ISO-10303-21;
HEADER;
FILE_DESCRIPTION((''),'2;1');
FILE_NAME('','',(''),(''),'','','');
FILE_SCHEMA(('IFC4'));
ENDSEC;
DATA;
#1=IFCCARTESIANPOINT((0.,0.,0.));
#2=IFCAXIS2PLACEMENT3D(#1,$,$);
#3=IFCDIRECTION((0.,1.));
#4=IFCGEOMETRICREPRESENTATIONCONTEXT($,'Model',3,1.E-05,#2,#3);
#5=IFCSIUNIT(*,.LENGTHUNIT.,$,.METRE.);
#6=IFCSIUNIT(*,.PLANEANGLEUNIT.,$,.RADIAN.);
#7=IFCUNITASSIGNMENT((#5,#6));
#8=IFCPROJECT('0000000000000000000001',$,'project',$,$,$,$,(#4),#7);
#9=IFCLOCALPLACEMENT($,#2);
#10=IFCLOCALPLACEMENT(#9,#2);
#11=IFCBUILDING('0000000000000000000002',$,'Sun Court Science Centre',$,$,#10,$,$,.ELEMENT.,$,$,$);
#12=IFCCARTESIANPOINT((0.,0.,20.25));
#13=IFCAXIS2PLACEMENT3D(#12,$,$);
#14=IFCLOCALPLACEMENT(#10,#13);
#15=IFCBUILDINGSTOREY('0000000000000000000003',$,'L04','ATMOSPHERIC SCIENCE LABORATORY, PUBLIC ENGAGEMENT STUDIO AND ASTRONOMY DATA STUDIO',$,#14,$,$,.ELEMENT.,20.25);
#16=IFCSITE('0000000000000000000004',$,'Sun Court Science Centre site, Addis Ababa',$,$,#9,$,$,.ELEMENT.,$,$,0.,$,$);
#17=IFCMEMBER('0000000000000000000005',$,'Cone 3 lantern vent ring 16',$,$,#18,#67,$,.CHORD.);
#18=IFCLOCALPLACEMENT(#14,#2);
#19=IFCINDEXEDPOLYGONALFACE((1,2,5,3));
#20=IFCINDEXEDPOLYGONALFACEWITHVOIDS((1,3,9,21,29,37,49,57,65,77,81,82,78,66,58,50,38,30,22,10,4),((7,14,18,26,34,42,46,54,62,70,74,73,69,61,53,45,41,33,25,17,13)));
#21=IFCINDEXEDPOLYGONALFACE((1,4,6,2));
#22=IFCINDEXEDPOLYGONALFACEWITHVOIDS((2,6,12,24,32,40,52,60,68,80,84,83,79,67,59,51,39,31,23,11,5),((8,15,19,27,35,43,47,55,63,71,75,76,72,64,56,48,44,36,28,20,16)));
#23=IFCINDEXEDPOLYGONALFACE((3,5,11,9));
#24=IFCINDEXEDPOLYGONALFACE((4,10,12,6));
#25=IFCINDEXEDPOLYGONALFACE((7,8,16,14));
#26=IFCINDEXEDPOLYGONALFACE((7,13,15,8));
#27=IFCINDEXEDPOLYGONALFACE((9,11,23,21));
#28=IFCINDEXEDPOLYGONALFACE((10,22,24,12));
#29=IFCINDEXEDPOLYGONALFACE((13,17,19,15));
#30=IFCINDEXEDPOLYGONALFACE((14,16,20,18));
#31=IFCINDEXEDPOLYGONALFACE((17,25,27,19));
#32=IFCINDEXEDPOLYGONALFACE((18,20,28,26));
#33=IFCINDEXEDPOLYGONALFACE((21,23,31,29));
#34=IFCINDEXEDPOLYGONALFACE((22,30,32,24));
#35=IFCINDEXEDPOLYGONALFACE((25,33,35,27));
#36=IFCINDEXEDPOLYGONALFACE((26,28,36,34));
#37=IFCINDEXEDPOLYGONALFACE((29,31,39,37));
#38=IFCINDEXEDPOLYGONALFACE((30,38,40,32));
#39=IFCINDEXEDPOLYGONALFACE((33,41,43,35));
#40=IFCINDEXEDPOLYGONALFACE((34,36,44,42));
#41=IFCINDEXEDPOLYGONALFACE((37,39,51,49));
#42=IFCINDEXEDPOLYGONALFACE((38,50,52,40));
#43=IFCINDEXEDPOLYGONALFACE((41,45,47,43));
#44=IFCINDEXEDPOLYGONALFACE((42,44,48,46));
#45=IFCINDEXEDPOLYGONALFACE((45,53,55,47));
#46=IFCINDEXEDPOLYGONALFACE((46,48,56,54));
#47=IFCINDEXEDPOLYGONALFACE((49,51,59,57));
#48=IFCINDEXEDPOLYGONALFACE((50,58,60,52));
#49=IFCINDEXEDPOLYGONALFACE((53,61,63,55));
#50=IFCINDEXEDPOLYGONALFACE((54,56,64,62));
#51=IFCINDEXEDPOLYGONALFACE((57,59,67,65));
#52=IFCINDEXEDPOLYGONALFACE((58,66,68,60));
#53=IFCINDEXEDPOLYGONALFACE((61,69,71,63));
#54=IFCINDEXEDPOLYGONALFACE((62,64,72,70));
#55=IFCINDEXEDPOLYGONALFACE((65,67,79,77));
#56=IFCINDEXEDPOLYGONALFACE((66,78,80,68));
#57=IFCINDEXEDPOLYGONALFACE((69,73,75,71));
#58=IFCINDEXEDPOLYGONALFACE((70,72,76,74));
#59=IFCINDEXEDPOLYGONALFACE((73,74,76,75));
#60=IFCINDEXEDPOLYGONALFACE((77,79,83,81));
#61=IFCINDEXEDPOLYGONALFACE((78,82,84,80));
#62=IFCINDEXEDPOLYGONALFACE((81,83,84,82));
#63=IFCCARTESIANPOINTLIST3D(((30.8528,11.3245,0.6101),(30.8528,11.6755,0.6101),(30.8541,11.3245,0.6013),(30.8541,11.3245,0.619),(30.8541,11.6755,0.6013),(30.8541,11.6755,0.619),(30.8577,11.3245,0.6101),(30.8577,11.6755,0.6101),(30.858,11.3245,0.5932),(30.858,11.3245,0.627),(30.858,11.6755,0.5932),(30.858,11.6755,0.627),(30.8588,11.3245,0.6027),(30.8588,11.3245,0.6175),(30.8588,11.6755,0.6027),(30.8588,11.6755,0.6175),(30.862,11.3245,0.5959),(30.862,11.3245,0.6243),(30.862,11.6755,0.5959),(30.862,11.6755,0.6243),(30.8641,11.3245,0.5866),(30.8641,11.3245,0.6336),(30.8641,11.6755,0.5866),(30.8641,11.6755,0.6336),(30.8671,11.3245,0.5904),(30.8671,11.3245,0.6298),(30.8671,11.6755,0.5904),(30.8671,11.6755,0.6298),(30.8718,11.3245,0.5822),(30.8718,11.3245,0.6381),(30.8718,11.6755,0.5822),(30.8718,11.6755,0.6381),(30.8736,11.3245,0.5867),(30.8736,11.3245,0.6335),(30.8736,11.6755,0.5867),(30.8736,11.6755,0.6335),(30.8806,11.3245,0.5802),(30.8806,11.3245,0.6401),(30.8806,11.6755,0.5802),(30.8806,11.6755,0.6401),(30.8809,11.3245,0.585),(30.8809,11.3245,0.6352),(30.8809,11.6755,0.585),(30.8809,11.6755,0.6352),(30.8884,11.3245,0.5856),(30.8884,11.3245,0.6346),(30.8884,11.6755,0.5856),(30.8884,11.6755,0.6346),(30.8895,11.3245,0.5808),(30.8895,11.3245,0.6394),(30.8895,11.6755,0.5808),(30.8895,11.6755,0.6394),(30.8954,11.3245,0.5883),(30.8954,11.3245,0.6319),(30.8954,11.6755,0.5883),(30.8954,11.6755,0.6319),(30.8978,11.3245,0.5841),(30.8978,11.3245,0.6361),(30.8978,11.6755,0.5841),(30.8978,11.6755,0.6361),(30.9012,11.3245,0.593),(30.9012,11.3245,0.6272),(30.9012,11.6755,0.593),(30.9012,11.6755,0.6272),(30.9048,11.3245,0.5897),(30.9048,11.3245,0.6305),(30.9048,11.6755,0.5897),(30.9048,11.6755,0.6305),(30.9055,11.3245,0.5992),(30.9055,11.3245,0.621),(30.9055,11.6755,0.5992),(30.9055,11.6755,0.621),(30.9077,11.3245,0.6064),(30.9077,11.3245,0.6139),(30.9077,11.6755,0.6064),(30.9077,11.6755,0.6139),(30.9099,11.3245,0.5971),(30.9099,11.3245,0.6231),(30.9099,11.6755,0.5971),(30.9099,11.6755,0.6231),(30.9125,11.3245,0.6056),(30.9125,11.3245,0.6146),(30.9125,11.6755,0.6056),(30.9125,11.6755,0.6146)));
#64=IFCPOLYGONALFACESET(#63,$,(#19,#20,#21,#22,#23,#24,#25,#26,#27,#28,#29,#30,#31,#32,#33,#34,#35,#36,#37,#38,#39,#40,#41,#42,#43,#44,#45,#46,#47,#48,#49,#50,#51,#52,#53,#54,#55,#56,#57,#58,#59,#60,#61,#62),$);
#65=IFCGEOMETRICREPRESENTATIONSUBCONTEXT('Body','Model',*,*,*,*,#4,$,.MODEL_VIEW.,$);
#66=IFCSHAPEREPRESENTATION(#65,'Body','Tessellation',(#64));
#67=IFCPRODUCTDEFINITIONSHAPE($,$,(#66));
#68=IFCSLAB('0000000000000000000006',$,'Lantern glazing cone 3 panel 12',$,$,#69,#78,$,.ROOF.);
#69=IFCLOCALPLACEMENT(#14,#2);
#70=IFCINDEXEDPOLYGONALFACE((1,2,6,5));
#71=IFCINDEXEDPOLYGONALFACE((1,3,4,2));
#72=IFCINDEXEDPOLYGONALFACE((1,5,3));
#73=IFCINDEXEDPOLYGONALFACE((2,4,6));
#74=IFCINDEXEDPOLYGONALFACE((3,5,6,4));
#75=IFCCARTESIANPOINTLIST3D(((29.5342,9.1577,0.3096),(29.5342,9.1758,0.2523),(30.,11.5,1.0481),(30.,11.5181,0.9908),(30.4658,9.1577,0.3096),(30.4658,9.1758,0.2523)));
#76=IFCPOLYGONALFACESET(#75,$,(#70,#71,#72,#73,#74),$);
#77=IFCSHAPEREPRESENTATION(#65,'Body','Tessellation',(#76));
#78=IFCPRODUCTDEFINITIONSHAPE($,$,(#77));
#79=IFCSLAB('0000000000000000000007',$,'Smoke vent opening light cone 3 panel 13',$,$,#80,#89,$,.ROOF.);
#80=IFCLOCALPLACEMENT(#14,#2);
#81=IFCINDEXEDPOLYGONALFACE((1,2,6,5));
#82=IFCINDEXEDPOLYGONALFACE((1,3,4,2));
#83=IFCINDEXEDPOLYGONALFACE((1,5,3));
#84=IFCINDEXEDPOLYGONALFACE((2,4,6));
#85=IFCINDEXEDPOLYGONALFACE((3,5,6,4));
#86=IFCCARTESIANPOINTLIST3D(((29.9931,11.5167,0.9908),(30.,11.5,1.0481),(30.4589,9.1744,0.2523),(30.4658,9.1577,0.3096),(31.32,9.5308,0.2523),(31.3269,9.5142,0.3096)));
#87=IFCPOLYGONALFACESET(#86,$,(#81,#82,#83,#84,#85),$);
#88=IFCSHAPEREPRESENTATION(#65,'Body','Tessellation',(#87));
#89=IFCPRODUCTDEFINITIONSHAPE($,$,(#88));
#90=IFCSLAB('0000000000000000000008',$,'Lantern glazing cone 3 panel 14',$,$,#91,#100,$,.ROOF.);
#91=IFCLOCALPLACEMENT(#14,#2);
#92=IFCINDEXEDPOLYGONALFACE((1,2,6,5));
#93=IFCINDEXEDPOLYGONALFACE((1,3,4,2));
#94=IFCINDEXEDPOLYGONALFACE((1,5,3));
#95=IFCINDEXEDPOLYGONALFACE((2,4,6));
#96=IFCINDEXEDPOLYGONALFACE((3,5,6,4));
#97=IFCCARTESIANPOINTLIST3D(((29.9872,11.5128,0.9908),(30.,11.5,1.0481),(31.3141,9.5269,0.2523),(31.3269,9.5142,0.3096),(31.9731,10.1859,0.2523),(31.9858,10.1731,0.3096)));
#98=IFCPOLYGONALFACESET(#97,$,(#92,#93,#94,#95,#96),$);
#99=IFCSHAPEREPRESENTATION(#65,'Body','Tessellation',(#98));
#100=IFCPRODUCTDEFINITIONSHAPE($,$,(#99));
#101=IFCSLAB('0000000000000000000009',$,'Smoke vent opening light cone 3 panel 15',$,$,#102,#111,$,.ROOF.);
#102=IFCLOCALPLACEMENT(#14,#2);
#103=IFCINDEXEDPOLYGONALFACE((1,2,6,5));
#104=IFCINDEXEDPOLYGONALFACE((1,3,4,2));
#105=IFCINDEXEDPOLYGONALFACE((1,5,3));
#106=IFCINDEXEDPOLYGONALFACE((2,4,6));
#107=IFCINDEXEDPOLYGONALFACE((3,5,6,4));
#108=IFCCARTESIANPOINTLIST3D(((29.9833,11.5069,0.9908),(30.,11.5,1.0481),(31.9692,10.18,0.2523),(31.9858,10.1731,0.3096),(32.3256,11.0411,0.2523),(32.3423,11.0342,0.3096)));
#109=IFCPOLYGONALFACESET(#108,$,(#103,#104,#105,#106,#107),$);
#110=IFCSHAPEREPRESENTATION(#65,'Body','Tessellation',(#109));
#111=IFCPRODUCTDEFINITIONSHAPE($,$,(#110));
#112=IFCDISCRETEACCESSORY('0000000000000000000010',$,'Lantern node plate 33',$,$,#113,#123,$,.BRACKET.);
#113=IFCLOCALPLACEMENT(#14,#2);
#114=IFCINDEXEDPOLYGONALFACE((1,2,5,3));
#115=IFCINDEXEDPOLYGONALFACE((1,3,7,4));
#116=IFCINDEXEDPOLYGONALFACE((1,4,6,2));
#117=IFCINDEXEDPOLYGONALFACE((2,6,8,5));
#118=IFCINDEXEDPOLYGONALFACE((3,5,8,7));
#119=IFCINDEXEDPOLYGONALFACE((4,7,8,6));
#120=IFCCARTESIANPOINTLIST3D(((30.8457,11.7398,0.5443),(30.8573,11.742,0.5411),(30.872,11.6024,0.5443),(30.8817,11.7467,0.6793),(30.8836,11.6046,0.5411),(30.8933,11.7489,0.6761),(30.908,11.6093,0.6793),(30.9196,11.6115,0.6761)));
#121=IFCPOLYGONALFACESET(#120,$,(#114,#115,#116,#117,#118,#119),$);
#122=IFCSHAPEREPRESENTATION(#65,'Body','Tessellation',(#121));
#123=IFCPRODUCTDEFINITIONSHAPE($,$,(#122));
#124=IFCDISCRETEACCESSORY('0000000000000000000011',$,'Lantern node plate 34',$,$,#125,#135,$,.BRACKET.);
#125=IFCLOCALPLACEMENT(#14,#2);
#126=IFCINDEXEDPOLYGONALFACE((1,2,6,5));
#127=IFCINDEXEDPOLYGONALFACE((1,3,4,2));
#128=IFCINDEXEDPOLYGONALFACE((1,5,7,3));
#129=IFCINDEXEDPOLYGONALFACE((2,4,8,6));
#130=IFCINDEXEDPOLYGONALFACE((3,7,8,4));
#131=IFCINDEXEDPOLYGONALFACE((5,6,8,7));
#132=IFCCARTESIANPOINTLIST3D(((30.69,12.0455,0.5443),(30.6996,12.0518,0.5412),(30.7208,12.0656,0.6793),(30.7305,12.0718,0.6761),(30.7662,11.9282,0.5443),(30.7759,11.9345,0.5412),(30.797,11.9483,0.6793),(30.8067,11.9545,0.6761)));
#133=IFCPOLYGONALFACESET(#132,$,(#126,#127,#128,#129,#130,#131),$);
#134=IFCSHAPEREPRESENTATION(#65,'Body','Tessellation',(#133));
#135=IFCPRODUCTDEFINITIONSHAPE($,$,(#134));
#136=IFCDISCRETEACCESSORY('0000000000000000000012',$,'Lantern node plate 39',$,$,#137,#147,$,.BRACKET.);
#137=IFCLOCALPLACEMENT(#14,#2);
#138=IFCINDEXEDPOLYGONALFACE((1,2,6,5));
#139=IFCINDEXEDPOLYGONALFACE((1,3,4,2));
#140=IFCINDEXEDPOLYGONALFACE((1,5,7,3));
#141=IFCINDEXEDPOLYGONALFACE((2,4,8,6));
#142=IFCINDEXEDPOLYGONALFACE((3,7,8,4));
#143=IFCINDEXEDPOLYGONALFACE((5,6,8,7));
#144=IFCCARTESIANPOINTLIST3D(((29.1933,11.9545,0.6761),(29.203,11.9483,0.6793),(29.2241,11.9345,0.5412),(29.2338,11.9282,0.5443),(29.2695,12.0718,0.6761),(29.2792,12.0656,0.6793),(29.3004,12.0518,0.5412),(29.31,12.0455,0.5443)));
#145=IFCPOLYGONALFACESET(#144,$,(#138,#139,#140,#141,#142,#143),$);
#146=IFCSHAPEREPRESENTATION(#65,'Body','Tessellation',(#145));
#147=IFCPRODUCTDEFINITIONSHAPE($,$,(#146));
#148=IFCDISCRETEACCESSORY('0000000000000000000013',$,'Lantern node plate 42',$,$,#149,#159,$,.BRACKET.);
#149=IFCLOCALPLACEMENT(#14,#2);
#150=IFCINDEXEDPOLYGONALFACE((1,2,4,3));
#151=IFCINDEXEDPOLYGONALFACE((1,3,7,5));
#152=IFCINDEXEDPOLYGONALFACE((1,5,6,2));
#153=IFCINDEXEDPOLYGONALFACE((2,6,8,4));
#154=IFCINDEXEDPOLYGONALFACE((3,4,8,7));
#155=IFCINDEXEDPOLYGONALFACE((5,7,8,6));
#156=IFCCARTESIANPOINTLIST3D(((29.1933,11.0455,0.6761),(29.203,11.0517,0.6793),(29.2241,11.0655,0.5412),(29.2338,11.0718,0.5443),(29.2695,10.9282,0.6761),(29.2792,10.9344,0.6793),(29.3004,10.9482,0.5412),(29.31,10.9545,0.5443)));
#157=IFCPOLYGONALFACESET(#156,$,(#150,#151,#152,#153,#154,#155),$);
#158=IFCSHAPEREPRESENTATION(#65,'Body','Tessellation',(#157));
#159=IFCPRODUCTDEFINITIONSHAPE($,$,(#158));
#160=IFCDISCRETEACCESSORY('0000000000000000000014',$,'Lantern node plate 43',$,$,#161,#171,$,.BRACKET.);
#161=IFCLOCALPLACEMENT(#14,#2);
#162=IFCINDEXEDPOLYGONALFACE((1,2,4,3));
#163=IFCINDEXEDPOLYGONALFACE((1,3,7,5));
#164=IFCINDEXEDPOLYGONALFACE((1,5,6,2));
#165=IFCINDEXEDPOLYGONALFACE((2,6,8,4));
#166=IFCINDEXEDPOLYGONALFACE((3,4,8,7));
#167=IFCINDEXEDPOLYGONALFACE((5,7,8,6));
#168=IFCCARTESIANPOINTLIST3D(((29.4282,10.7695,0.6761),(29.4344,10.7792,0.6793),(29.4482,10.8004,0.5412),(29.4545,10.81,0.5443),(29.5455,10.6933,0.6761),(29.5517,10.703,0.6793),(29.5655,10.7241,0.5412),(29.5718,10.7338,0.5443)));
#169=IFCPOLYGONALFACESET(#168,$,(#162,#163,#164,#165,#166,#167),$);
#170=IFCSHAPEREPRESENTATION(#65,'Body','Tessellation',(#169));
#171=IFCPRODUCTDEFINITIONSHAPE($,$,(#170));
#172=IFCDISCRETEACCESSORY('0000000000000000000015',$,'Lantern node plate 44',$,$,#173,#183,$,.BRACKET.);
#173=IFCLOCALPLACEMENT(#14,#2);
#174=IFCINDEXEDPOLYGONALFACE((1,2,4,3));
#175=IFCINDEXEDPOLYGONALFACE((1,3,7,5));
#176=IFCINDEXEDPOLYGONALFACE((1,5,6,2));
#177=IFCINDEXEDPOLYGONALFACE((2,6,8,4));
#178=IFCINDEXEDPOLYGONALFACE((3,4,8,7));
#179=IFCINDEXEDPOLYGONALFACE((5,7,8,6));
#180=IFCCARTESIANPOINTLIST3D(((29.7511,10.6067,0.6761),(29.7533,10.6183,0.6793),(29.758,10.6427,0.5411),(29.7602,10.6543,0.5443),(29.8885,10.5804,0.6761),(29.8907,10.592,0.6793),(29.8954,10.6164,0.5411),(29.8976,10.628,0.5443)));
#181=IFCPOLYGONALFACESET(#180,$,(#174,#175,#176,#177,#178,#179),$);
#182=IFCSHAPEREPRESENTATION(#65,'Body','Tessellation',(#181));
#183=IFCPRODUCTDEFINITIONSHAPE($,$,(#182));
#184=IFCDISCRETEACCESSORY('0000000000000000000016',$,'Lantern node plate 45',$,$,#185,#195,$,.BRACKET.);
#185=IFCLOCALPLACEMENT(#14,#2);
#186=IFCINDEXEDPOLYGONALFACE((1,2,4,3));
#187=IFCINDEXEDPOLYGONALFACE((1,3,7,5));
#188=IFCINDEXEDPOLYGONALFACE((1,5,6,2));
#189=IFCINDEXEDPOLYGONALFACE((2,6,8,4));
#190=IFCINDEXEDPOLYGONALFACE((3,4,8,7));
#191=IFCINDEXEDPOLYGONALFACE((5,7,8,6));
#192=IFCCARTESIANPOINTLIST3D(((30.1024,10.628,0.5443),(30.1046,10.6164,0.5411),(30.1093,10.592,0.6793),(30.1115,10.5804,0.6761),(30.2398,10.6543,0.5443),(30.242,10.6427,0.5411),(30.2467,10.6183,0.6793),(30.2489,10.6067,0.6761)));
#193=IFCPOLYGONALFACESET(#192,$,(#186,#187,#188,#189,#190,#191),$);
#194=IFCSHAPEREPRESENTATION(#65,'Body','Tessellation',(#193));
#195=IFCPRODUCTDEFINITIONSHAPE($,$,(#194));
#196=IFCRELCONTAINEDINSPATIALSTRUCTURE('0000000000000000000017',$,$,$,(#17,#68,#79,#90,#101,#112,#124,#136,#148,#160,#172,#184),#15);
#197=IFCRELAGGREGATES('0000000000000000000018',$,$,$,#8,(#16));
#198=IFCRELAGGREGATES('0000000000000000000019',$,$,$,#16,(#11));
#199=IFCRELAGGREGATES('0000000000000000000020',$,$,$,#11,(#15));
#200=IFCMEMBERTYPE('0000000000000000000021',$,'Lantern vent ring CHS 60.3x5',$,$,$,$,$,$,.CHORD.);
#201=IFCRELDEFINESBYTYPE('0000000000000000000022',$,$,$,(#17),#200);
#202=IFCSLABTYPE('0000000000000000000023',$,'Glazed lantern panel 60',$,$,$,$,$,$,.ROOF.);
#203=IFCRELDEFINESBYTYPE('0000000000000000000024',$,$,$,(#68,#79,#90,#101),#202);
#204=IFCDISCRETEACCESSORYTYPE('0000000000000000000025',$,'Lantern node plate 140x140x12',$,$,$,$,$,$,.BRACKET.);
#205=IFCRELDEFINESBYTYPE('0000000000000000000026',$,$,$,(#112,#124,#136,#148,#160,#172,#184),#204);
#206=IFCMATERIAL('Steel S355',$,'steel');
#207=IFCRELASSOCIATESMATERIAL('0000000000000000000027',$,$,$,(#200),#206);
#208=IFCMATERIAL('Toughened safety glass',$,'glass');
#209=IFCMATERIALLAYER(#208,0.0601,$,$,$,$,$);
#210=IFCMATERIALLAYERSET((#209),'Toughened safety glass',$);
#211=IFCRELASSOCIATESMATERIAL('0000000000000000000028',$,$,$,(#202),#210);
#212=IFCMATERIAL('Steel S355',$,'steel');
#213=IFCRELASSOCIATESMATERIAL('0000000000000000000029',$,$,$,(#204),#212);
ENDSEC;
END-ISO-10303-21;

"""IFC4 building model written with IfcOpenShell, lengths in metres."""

from ifc_helpers import new_model, si_unit, direction, frame, origin, origin_2d, place, context, subcontext, project, spatial, polyline, rectangle, hollow_circle, outline, extrude, material, layer, layer_set, material_profile, profile_set, type_object, element, save


model = new_model("IFC4")

# Units and contexts
model_context = context("Model", 3, precision=1e-05, world=origin(), true_north=direction((0.0, 1.0)))
body_context = subcontext(model_context, "Body", "Model", "MODEL_VIEW")
ifc_project = project(units=[si_unit("LENGTHUNIT", "METRE"), si_unit("PLANEANGLEUNIT", "RADIAN")], contexts=[model_context])

# Site, building, storey
site_placement = place(None, origin())
site = spatial("IfcSite", under=ifc_project, at=site_placement, Name="Sun Court Science Centre site, Addis Ababa", CompositionType="ELEMENT", RefElevation=0.0)
building_placement = place(site_placement, origin())
building = spatial("IfcBuilding", under=site, at=building_placement, Name="Sun Court Science Centre", CompositionType="ELEMENT")
storey_placement = place(building_placement, frame((0.0, 0.0, 20.25)))
storey = spatial("IfcBuildingStorey", under=building, at=storey_placement, Name="L04", Description="ATMOSPHERIC SCIENCE LABORATORY, PUBLIC ENGAGEMENT STUDIO AND ASTRONOMY DATA STUDIO", CompositionType="ELEMENT", Elevation=20.25)

# Member
ifc_material_1 = material(Name="Steel S355", Category="steel")
ifc_material_profile_1 = material_profile(ifc_material_1, hollow_circle(Radius=0.03, WallThickness=0.0049, at=origin_2d()), Name="CHS 60.3x5")
ifc_profile_set_1 = profile_set([ifc_material_profile_1], Name="Steel S355")
member_type_1 = type_object("IfcMemberType", Name="Lantern vent ring CHS 60.3x5", PredefinedType="CHORD", material=ifc_profile_set_1)
member_1_placement = place(storey_placement, frame((30.8828, 11.3245, 0.6101), z_axis=(0.0, 1.0, 0.0), x_axis=(-1.0, 0.0, 0.0)))
element("IfcMember", 1, at=member_1_placement, inside=storey, type_object=member_type_1, Name="Cone 3 lantern vent ring 16", PredefinedType="CHORD", context=body_context, shape_type="SweptSolid", body=[
    extrude(hollow_circle(Radius=0.03, WallThickness=0.0049, at=origin_2d()), origin(), (0.0, 0.0, 1.0), 0.3511),
])

# Slabs
ifc_material_2 = material(Name="Toughened safety glass", Category="glass")
ifc_layer = layer(ifc_material_2, 0.0601)
ifc_layer_set = layer_set([ifc_layer], Name="Toughened safety glass")
slab_type = type_object("IfcSlabType", Name="Glazed lantern panel 60", PredefinedType="ROOF", material=ifc_layer_set)
slab_1_placement = place(storey_placement, frame((29.5342, 9.1577, 0.3096), z_axis=(0.0, -0.300708, 0.953716), x_axis=(1.0, 0.0, 0.0)))
element("IfcSlab", 2, at=slab_1_placement, inside=storey, type_object=slab_type, Name="Lantern glazing cone 3 panel 12", PredefinedType="ROOF", context=body_context, shape_type="SweptSolid", body=[
    extrude(outline(polyline([(0.0, 0.0), (0.9316, 0.0), (0.4658, 2.456), (0.0, 0.0)])), origin(), (0.0, 0.0, -1.0), 0.0601),
])
slab_2_placement = place(storey_placement, frame((30.4658, 9.1577, 0.3096), z_axis=(0.11501, -0.277836, 0.953719), x_axis=(0.923966, 0.382475, 0.0)))
element("IfcSlab", 3, at=slab_2_placement, inside=storey, type_object=slab_type, Name="Smoke vent opening light cone 3 panel 13", PredefinedType="ROOF", context=body_context, shape_type="SweptSolid", body=[
    extrude(outline(polyline([(0.0, 0.0), (0.9319, 0.0), (0.4655, 2.456), (0.0, 0.0)])), origin(), (0.0, 0.0, -1.0), 0.0601),
])
slab_3_placement = place(storey_placement, frame((31.3269, 9.5142, 0.3096), z_axis=(0.212618, -0.212618, 0.953723), x_axis=(0.707107, 0.707107, 0.0)))
element("IfcSlab", 4, at=slab_3_placement, inside=storey, type_object=slab_type, Name="Lantern glazing cone 3 panel 14", PredefinedType="ROOF", context=body_context, shape_type="SweptSolid", body=[
    extrude(outline(polyline([(0.0, 0.0), (0.9319, 0.0), (0.4659, 2.4561), (0.0, 0.0)])), origin(), (0.0, 0.0, -1.0), 0.0601),
])
slab_4_placement = place(storey_placement, frame((31.9858, 10.1731, 0.3096), z_axis=(0.277836, -0.11501, 0.953719), x_axis=(0.382475, 0.923966, 0.0)))
element("IfcSlab", 5, at=slab_4_placement, inside=storey, type_object=slab_type, Name="Smoke vent opening light cone 3 panel 15", PredefinedType="ROOF", context=body_context, shape_type="SweptSolid", body=[
    extrude(outline(polyline([(0.0, 0.0), (0.9319, 0.0), (0.4665, 2.456), (0.0, 0.0)])), origin(), (0.0, 0.0, -1.0), 0.0601),
])

# Discrete accessories
ifc_material_3 = material(Name="Steel S355", Category="steel")
ifc_material_profile_2 = material_profile(ifc_material_3, rectangle(XDim=0.1399, YDim=0.1399, at=origin_2d()), Name="PL 140x140")
ifc_profile_set_2 = profile_set([ifc_material_profile_2], Name="Steel S355")
discrete_accessory_type = type_object("IfcDiscreteAccessoryType", Name="Lantern node plate 140x140x12", PredefinedType="BRACKET", material=ifc_profile_set_2)
discrete_accessory_1_placement = place(storey_placement, frame((30.8884, 11.6768, 0.6086), z_axis=(-0.947804, -0.181494, 0.262159), x_axis=(0.188072, -0.982155, 0.0)))
element("IfcDiscreteAccessory", 6, at=discrete_accessory_1_placement, inside=storey, type_object=discrete_accessory_type, Name="Lantern node plate 33", PredefinedType="BRACKET", context=body_context, shape_type="SweptSolid", body=[
    extrude(rectangle(XDim=0.1399, YDim=0.1399, at=origin_2d()), origin(), (0.0, 0.0, 1.0), 0.0122),
])
for number, where, z_axis, x_axis, name in (
    (7, (30.7532, 12.0032, 0.6086), (-0.808948, -0.525816, 0.262908), (0.544988, -0.838444, 0.0), "Lantern node plate 34"),
    (8, (29.2468, 12.0032, 0.6086), (0.808948, -0.525816, 0.262908), (0.544988, 0.838444, 0.0), "Lantern node plate 39"),
    (9, (29.2468, 10.9968, 0.6086), (0.808948, 0.525816, 0.262908), (-0.544988, 0.838444, 0.0), "Lantern node plate 42"),
    (10, (29.4968, 10.7468, 0.6086), (0.525816, 0.808948, 0.262908), (-0.838444, 0.544988, 0.0), "Lantern node plate 43"),
):
    element("IfcDiscreteAccessory", number, at=place(storey_placement, frame(where, z_axis=z_axis, x_axis=x_axis)), inside=storey, type_object=discrete_accessory_type, Name=name, PredefinedType="BRACKET", context=body_context, shape_type="SweptSolid", body=[
        extrude(rectangle(XDim=0.1399, YDim=0.1399, at=origin_2d()), origin(), (0.0, 0.0, 1.0), 0.012),
    ])
for number, where, z_axis, x_axis, name in (
    (11, (29.8232, 10.6116, 0.6086), (0.181494, 0.947804, 0.262159), (-0.982155, 0.188072, 0.0), "Lantern node plate 44"),
    (12, (30.1768, 10.6116, 0.6086), (-0.181494, 0.947804, 0.262159), (-0.982155, -0.188072, 0.0), "Lantern node plate 45"),
):
    element("IfcDiscreteAccessory", number, at=place(storey_placement, frame(where, z_axis=z_axis, x_axis=x_axis)), inside=storey, type_object=discrete_accessory_type, Name=name, PredefinedType="BRACKET", context=body_context, shape_type="SweptSolid", body=[
        extrude(rectangle(XDim=0.1399, YDim=0.1399, at=origin_2d()), origin(), (0.0, 0.0, 1.0), 0.0122),
    ])

save(model, "model.ifc")
